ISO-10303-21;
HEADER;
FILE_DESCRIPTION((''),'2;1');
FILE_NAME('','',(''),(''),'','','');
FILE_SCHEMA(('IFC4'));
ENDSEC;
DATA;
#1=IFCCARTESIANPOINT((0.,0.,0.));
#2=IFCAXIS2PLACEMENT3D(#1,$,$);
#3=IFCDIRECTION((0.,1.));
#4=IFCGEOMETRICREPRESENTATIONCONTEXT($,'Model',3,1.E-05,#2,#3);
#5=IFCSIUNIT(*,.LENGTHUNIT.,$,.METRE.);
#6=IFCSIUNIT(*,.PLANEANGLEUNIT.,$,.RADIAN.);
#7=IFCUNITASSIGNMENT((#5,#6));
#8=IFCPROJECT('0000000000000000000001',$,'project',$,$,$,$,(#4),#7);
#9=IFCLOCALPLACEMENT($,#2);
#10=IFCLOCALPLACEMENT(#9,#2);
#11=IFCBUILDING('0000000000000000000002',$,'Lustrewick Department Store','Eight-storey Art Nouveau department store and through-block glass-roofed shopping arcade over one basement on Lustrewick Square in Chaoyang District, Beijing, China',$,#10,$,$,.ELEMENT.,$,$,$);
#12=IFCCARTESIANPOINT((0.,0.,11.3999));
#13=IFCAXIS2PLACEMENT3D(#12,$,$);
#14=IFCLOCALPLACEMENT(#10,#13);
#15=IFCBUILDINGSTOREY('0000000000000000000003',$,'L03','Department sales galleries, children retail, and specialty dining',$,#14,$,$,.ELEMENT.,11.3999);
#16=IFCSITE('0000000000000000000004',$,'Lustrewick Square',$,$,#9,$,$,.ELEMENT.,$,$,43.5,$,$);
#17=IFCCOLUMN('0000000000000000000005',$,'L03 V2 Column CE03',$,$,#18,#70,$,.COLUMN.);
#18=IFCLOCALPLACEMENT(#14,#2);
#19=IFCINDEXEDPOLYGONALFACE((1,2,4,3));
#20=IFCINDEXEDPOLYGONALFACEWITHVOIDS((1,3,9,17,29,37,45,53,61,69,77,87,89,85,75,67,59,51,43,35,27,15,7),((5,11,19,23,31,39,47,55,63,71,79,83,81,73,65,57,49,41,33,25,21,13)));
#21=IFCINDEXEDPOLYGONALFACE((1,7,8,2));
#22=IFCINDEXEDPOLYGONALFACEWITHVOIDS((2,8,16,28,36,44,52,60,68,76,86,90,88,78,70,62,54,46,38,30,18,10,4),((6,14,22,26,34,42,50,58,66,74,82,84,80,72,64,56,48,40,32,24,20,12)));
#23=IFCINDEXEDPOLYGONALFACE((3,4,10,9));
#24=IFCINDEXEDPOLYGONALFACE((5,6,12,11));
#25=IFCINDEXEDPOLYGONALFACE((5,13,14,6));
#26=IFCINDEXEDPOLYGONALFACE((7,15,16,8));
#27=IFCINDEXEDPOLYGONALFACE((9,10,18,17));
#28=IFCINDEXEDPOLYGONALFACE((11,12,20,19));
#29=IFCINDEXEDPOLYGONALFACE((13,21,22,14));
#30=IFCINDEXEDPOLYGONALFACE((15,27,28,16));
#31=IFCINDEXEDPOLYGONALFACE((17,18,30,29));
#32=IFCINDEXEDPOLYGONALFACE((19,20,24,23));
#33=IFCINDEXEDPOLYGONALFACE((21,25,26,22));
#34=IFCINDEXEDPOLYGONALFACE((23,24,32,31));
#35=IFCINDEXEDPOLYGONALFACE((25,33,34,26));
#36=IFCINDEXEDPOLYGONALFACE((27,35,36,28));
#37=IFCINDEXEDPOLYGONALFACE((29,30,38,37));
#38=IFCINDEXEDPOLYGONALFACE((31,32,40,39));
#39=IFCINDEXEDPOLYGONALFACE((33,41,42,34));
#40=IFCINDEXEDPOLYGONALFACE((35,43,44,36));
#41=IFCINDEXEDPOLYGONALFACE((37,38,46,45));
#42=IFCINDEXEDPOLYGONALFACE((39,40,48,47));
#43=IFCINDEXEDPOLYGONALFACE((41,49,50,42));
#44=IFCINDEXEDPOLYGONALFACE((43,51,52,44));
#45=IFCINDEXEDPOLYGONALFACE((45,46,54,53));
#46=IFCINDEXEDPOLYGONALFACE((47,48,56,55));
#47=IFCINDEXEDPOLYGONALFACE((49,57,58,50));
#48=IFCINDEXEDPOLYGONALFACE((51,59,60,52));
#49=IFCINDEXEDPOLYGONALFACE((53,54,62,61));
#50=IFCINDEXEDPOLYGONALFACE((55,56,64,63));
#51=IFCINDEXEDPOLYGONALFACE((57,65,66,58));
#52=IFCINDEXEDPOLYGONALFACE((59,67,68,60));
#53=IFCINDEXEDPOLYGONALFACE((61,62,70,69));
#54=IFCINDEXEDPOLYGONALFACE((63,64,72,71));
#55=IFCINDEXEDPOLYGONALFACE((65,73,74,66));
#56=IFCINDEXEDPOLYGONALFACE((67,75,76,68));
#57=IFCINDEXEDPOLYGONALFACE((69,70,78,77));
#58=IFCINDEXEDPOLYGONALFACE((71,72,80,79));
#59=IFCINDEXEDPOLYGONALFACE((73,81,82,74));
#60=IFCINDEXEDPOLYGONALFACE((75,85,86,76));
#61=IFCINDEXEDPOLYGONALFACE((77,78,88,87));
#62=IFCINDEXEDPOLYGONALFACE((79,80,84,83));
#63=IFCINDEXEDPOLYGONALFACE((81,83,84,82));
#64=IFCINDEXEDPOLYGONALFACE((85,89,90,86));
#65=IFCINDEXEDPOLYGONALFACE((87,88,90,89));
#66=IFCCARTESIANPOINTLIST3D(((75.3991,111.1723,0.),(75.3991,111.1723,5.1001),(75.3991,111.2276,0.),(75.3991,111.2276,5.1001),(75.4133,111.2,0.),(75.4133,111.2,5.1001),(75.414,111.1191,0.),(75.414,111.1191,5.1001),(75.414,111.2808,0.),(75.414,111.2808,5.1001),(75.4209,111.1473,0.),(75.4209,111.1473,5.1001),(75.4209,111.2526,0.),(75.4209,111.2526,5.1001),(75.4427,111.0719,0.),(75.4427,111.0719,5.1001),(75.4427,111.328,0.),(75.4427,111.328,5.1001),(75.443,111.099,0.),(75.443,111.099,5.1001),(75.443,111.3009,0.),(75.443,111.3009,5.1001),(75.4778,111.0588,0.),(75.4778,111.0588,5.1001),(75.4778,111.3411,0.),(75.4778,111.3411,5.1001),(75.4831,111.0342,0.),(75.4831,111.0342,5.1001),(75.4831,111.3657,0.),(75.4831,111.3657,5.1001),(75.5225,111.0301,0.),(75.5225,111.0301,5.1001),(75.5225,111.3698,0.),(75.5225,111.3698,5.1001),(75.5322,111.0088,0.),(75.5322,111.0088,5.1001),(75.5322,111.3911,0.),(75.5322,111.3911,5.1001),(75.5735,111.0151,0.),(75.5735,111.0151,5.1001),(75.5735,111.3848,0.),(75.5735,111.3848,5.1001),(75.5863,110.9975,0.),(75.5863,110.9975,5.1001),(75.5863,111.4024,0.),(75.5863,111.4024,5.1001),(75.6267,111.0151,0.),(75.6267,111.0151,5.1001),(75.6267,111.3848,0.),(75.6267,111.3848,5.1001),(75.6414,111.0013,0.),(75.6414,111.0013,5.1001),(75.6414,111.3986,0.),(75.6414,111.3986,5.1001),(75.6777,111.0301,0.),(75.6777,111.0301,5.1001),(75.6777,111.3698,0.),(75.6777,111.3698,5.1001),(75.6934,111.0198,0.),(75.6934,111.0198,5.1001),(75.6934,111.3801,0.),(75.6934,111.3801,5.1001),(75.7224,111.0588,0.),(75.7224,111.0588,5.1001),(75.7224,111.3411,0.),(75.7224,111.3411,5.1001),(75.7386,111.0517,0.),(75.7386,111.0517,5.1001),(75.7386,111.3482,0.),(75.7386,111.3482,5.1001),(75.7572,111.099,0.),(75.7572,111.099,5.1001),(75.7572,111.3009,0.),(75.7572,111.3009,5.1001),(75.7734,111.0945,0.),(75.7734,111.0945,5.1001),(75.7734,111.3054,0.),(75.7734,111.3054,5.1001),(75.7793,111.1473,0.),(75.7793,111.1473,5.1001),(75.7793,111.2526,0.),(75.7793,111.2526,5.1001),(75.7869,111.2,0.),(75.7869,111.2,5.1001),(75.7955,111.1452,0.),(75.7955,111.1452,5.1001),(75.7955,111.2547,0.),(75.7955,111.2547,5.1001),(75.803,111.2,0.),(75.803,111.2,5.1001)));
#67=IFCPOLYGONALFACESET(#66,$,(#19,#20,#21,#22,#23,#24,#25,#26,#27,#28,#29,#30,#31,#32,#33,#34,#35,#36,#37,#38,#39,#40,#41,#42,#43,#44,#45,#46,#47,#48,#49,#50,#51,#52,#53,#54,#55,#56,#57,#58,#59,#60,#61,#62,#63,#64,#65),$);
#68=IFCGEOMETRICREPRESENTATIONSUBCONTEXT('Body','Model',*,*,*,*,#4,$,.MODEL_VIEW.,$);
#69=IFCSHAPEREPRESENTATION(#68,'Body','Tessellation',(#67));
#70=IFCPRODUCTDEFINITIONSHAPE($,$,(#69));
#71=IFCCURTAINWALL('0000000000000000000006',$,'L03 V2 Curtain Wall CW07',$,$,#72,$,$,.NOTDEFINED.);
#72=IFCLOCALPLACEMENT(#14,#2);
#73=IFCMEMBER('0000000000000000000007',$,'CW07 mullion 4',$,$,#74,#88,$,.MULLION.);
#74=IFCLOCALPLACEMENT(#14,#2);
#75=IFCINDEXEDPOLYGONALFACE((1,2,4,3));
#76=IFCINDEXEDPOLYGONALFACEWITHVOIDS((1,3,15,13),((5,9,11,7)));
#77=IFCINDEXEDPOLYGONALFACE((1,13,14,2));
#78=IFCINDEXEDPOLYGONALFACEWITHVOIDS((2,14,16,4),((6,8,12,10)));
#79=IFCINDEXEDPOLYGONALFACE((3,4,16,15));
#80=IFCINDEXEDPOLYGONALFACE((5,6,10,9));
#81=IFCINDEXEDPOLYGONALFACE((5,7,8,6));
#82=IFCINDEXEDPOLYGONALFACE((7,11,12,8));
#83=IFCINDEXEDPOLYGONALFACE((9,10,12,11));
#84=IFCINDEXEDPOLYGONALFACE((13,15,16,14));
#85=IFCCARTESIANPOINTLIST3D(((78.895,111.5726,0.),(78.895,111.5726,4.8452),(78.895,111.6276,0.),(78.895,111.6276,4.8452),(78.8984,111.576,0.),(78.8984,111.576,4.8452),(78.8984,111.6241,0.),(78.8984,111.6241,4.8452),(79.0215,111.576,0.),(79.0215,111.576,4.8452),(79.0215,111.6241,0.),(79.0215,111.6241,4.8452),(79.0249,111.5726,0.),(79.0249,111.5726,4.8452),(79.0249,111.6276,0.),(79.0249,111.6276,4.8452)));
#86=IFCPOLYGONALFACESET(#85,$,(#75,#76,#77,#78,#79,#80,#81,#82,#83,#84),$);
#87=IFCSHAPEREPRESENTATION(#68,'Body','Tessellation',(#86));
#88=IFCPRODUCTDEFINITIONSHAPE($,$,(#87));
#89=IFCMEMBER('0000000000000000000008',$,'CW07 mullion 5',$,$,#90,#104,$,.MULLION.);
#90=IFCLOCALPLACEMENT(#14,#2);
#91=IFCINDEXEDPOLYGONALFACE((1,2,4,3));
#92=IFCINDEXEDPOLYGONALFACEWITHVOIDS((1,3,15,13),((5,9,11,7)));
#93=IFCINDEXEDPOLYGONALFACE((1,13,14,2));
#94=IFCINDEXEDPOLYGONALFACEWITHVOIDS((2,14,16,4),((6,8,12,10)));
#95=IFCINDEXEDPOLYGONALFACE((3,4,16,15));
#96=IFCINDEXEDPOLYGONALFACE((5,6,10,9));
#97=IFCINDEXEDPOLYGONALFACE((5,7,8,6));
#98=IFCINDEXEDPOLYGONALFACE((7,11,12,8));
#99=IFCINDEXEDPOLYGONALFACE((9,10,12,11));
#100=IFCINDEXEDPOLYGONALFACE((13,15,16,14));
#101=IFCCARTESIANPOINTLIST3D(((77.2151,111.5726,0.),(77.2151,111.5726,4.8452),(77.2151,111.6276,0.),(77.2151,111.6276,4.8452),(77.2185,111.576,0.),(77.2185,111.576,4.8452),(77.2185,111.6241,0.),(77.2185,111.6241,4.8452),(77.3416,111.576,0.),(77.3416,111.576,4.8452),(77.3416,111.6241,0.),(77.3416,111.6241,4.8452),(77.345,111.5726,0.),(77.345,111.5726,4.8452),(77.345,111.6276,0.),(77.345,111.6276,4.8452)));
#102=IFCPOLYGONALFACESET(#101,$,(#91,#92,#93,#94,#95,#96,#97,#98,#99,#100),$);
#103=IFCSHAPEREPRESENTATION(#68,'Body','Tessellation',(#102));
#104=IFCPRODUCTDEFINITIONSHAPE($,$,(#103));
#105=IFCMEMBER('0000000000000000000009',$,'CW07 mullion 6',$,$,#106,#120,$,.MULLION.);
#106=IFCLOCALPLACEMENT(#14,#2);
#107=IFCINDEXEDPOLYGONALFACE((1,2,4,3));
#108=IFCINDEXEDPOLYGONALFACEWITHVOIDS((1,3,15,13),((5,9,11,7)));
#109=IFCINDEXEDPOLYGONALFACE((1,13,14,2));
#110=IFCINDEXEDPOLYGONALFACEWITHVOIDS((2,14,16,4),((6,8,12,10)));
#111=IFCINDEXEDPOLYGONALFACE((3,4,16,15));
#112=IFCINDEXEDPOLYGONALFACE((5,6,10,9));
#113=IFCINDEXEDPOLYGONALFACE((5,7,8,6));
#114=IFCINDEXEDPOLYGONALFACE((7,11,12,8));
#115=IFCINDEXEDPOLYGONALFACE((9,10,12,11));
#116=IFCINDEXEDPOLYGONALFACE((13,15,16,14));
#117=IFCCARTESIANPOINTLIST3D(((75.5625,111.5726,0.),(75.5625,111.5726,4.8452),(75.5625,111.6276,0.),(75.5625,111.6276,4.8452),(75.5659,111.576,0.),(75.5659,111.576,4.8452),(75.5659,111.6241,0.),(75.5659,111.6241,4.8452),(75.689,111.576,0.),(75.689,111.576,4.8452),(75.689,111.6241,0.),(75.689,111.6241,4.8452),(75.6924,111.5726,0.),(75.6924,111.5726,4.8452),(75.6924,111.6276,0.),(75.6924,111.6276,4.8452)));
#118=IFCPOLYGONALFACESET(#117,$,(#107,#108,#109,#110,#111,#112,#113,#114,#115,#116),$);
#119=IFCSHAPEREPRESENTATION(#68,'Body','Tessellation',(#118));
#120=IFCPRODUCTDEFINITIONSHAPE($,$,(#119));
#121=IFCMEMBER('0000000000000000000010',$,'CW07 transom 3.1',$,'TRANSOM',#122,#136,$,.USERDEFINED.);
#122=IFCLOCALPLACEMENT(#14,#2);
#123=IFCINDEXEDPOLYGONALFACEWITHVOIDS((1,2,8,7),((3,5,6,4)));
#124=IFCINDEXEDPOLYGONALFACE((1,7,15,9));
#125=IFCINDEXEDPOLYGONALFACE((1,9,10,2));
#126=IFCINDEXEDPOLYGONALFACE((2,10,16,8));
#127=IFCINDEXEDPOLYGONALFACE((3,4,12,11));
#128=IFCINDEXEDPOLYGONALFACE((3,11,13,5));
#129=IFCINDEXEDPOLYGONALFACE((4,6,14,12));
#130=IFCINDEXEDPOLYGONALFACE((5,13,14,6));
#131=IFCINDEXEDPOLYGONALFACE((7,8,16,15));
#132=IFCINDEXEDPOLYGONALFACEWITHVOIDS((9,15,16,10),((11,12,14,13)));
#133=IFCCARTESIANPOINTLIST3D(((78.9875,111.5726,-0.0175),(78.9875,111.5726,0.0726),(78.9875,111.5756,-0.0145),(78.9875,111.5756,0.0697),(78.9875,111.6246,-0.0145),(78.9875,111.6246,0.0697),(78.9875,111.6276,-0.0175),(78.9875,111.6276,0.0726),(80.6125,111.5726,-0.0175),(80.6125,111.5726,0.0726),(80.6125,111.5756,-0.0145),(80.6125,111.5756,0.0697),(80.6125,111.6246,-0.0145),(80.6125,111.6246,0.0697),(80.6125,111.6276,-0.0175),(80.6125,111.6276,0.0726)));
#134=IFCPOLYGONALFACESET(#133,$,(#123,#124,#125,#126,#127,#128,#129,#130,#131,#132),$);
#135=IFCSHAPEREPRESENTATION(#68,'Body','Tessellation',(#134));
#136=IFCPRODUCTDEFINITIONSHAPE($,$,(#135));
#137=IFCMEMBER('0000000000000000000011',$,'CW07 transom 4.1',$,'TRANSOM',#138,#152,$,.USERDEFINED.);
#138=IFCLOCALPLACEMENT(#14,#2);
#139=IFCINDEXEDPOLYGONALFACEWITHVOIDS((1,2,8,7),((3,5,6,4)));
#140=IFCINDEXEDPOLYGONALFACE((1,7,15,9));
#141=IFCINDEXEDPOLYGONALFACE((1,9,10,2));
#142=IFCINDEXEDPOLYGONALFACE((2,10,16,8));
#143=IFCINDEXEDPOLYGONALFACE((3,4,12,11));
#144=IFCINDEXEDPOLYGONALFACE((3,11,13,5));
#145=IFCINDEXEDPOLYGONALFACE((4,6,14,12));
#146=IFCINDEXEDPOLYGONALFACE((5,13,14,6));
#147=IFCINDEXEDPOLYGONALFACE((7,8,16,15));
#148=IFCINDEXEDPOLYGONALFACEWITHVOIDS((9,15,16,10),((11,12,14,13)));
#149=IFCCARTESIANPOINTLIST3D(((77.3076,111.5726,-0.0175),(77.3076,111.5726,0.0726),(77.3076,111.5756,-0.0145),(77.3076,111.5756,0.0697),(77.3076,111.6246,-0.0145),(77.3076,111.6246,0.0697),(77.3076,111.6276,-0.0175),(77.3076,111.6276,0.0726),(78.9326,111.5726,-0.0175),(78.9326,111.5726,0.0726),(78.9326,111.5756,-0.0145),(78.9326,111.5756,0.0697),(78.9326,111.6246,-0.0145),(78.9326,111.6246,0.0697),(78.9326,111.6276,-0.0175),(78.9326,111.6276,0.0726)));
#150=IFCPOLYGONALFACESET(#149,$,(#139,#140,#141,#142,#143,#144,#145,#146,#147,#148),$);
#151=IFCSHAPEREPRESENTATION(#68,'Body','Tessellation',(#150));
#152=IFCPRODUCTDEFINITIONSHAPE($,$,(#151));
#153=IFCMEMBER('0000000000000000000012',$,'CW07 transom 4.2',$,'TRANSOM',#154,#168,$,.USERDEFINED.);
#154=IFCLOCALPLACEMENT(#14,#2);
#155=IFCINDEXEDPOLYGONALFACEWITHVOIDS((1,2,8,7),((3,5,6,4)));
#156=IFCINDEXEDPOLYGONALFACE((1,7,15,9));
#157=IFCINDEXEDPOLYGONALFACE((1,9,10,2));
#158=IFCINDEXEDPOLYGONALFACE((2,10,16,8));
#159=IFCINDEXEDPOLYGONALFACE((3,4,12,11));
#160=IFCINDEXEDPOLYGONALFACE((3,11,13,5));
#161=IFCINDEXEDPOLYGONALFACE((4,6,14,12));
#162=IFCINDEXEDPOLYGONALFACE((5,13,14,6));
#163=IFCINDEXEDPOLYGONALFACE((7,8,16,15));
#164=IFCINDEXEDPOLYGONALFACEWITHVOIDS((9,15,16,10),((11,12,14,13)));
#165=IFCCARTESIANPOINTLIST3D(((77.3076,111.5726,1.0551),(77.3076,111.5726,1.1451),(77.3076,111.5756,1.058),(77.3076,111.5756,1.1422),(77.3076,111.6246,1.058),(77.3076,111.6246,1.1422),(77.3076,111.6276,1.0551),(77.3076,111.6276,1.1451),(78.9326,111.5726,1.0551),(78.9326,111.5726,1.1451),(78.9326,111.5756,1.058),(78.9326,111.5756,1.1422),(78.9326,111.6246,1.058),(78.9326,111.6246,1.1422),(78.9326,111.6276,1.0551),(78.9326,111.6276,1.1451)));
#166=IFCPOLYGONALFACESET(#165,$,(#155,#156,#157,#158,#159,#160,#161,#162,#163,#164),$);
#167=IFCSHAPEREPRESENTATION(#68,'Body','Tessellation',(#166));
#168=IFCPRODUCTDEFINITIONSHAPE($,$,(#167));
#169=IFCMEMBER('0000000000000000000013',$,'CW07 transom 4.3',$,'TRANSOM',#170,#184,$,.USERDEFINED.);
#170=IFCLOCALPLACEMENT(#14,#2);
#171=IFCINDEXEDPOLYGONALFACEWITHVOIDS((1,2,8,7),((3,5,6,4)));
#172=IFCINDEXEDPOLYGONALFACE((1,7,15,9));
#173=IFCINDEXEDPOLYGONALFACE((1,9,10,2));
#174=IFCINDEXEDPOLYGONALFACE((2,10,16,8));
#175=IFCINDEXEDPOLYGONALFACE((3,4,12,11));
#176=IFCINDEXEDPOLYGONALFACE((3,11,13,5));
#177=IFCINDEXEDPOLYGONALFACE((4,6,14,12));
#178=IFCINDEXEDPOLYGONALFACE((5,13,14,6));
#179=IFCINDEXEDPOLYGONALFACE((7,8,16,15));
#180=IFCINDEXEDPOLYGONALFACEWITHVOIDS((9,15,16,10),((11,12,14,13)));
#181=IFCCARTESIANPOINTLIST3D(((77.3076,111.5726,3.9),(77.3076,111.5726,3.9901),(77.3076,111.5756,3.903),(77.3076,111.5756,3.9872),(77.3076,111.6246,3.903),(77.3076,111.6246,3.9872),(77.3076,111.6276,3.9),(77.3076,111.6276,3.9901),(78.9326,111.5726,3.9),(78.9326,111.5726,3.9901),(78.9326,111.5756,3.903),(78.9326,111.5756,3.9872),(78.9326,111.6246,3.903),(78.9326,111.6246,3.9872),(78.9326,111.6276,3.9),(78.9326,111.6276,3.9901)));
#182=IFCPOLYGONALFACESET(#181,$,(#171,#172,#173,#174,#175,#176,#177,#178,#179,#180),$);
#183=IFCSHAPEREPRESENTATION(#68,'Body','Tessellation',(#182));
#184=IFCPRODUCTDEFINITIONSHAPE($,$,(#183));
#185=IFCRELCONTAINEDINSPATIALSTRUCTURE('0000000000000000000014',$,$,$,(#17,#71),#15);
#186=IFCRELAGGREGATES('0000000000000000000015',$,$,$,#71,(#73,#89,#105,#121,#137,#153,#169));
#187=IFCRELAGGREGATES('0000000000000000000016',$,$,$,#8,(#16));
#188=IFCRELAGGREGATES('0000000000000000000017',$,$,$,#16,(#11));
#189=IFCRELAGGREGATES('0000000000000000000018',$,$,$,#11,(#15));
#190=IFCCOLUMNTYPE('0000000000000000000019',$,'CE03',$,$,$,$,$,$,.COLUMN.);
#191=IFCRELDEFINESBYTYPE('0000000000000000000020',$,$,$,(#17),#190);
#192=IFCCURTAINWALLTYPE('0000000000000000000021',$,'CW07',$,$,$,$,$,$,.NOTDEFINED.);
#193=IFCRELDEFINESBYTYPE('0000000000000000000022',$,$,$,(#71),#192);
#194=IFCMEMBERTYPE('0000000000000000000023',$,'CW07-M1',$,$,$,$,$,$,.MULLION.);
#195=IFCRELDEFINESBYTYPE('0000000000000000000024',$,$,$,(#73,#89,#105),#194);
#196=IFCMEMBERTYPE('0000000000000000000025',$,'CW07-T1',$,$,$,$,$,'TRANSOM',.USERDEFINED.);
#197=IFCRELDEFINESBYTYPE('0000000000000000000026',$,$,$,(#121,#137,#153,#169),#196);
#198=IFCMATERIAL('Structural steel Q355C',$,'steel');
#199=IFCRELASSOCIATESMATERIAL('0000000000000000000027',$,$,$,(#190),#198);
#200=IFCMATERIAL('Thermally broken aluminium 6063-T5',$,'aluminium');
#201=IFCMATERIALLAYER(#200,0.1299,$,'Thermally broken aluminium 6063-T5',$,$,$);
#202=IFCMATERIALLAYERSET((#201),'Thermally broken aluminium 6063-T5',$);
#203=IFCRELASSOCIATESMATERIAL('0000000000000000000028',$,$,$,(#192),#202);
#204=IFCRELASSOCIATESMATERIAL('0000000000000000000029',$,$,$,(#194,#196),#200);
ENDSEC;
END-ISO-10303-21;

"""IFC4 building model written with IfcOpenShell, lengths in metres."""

from ifc_helpers import new_model, si_unit, direction, frame, origin, origin_2d, place, context, subcontext, project, spatial, hollow_rectangle, hollow_circle, extrude, material, layer, layer_set, material_profile, profile_set, type_object, element, aggregate, save


model = new_model("IFC4")

# Units and contexts
model_context = context("Model", 3, precision=1e-05, world=origin(), true_north=direction((0.0, 1.0)))
body_context = subcontext(model_context, "Body", "Model", "MODEL_VIEW")
ifc_project = project(units=[si_unit("LENGTHUNIT", "METRE"), si_unit("PLANEANGLEUNIT", "RADIAN")], contexts=[model_context])

# Site, building, storey
site_placement = place(None, origin())
site = spatial("IfcSite", under=ifc_project, at=site_placement, Name="Lustrewick Square", CompositionType="ELEMENT", RefElevation=43.5)
building_placement = place(site_placement, origin())
building = spatial("IfcBuilding", under=site, at=building_placement, Name="Lustrewick Department Store", Description="Eight-storey Art Nouveau department store and through-block glass-roofed shopping arcade over one basement on Lustrewick Square in Chaoyang District, Beijing, China", CompositionType="ELEMENT")
storey_placement = place(building_placement, frame((0.0, 0.0, 11.3999)))
storey = spatial("IfcBuildingStorey", under=building, at=storey_placement, Name="L03", Description="Department sales galleries, children retail, and specialty dining", CompositionType="ELEMENT", Elevation=11.3999)

# Column
ifc_material_1 = material(Name="Structural steel Q355C", Category="steel")
ifc_material_profile_1 = material_profile(ifc_material_1, hollow_circle(Radius=0.2029, WallThickness=0.0161, at=origin_2d()), Name="CHS 406x16")
ifc_profile_set_1 = profile_set([ifc_material_profile_1], Name="Structural steel Q355C")
column_type = type_object("IfcColumnType", Name="CE03", PredefinedType="COLUMN", material=ifc_profile_set_1)
column_placement = place(storey_placement, frame((75.6001, 111.2, 0.0), z_axis=(0.0, 0.0, 1.0), x_axis=(1.0, 0.0, 0.0)))
element("IfcColumn", 1, at=column_placement, inside=storey, type_object=column_type, Name="L03 V2 Column CE03", PredefinedType="COLUMN", context=body_context, shape_type="SweptSolid", body=[
    extrude(hollow_circle(Radius=0.2029, WallThickness=0.0161, at=origin_2d()), origin(), (0.0, 0.0, 1.0), 5.1001),
])

# Curtain wall, members
ifc_material_2 = material(Name="Thermally broken aluminium 6063-T5", Category="aluminium")
ifc_layer_1 = layer(ifc_material_2, 0.1299, Name="Thermally broken aluminium 6063-T5")
ifc_layer_set_1 = layer_set([ifc_layer_1], Name="Thermally broken aluminium 6063-T5")
curtain_wall_type_1 = type_object("IfcCurtainWallType", Name="CW07", PredefinedType="NOTDEFINED", material=ifc_layer_set_1)
curtain_wall_1_placement = place(storey_placement, origin())
curtain_wall_1 = element("IfcCurtainWall", 2, at=curtain_wall_1_placement, inside=storey, type_object=curtain_wall_type_1, Name="L03 V2 Curtain Wall CW07", PredefinedType="NOTDEFINED")
ifc_material_profile_2 = material_profile(ifc_material_2, hollow_rectangle(XDim=0.0549, YDim=0.1299, WallThickness=0.0034, at=origin_2d()), Name="ALU-M 55x130x3.5")
ifc_profile_set_2 = profile_set([ifc_material_profile_2], Name="Thermally broken aluminium 6063-T5")
member_type_1 = type_object("IfcMemberType", Name="CW07-M1", PredefinedType="MULLION", material=ifc_profile_set_2)
member_1_placement = place(storey_placement, frame((78.96, 111.6001, 0.0), z_axis=(0.0, 0.0, 1.0), x_axis=(0.0, -1.0, 0.0)))
member_1 = element("IfcMember", 3, at=member_1_placement, type_object=member_type_1, Name="CW07 mullion 4", PredefinedType="MULLION", context=body_context, shape_type="SweptSolid", body=[
    extrude(hollow_rectangle(XDim=0.0549, YDim=0.1299, WallThickness=0.0034, at=origin_2d()), origin(), (0.0, 0.0, 1.0), 4.8452),
])
member_2_placement = place(storey_placement, frame((77.28, 111.6001, 0.0), z_axis=(0.0, 0.0, 1.0), x_axis=(0.0, -1.0, 0.0)))
member_2 = element("IfcMember", 4, at=member_2_placement, type_object=member_type_1, Name="CW07 mullion 5", PredefinedType="MULLION", context=body_context, shape_type="SweptSolid", body=[
    extrude(hollow_rectangle(XDim=0.0549, YDim=0.1299, WallThickness=0.0034, at=origin_2d()), origin(), (0.0, 0.0, 1.0), 4.8452),
])
member_3_placement = place(storey_placement, frame((75.6274, 111.6001, 0.0), z_axis=(0.0, 0.0, 1.0), x_axis=(0.0, -1.0, 0.0)))
member_3 = element("IfcMember", 5, at=member_3_placement, type_object=member_type_1, Name="CW07 mullion 6", PredefinedType="MULLION", context=body_context, shape_type="SweptSolid", body=[
    extrude(hollow_rectangle(XDim=0.0549, YDim=0.1299, WallThickness=0.0034, at=origin_2d()), origin(), (0.0, 0.0, 1.0), 4.8452),
])
ifc_material_profile_3 = material_profile(ifc_material_2, hollow_rectangle(XDim=0.0549, YDim=0.0901, WallThickness=0.0029, at=origin_2d()), Name="ALU-T 55x90x3")
ifc_profile_set_3 = profile_set([ifc_material_profile_3], Name="Thermally broken aluminium 6063-T5")
member_type_2 = type_object("IfcMemberType", Name="CW07-T1", ElementType="TRANSOM", PredefinedType="USERDEFINED", material=ifc_profile_set_3)
member_4_placement = place(storey_placement, frame((80.6125, 111.6001, 0.0276), z_axis=(-1.0, 0.0, 0.0), x_axis=(0.0, -1.0, 0.0)))
member_4 = element("IfcMember", 6, at=member_4_placement, type_object=member_type_2, Name="CW07 transom 3.1", ObjectType="TRANSOM", PredefinedType="USERDEFINED", context=body_context, shape_type="SweptSolid", body=[
    extrude(hollow_rectangle(XDim=0.0549, YDim=0.0901, WallThickness=0.0029, at=origin_2d()), origin(), (0.0, 0.0, 1.0), 1.625),
])
member_5_placement = place(storey_placement, frame((78.9326, 111.6001, 0.0276), z_axis=(-1.0, 0.0, 0.0), x_axis=(0.0, -1.0, 0.0)))
member_5 = element("IfcMember", 7, at=member_5_placement, type_object=member_type_2, Name="CW07 transom 4.1", ObjectType="TRANSOM", PredefinedType="USERDEFINED", context=body_context, shape_type="SweptSolid", body=[
    extrude(hollow_rectangle(XDim=0.0549, YDim=0.0901, WallThickness=0.0029, at=origin_2d()), origin(), (0.0, 0.0, 1.0), 1.625),
])
member_6_placement = place(storey_placement, frame((78.9326, 111.6001, 1.1001), z_axis=(-1.0, 0.0, 0.0), x_axis=(0.0, -1.0, 0.0)))
member_6 = element("IfcMember", 8, at=member_6_placement, type_object=member_type_2, Name="CW07 transom 4.2", ObjectType="TRANSOM", PredefinedType="USERDEFINED", context=body_context, shape_type="SweptSolid", body=[
    extrude(hollow_rectangle(XDim=0.0549, YDim=0.0901, WallThickness=0.0029, at=origin_2d()), origin(), (0.0, 0.0, 1.0), 1.625),
])
member_7_placement = place(storey_placement, frame((78.9326, 111.6001, 3.9451), z_axis=(-1.0, 0.0, 0.0), x_axis=(0.0, -1.0, 0.0)))
member_7 = element("IfcMember", 9, at=member_7_placement, type_object=member_type_2, Name="CW07 transom 4.3", ObjectType="TRANSOM", PredefinedType="USERDEFINED", context=body_context, shape_type="SweptSolid", body=[
    extrude(hollow_rectangle(XDim=0.0549, YDim=0.0901, WallThickness=0.0029, at=origin_2d()), origin(), (0.0, 0.0, 1.0), 1.625),
])

aggregate(curtain_wall_1, [member_1, member_2, member_3, member_4, member_5, member_6, member_7])

save(model, "model.ifc")
